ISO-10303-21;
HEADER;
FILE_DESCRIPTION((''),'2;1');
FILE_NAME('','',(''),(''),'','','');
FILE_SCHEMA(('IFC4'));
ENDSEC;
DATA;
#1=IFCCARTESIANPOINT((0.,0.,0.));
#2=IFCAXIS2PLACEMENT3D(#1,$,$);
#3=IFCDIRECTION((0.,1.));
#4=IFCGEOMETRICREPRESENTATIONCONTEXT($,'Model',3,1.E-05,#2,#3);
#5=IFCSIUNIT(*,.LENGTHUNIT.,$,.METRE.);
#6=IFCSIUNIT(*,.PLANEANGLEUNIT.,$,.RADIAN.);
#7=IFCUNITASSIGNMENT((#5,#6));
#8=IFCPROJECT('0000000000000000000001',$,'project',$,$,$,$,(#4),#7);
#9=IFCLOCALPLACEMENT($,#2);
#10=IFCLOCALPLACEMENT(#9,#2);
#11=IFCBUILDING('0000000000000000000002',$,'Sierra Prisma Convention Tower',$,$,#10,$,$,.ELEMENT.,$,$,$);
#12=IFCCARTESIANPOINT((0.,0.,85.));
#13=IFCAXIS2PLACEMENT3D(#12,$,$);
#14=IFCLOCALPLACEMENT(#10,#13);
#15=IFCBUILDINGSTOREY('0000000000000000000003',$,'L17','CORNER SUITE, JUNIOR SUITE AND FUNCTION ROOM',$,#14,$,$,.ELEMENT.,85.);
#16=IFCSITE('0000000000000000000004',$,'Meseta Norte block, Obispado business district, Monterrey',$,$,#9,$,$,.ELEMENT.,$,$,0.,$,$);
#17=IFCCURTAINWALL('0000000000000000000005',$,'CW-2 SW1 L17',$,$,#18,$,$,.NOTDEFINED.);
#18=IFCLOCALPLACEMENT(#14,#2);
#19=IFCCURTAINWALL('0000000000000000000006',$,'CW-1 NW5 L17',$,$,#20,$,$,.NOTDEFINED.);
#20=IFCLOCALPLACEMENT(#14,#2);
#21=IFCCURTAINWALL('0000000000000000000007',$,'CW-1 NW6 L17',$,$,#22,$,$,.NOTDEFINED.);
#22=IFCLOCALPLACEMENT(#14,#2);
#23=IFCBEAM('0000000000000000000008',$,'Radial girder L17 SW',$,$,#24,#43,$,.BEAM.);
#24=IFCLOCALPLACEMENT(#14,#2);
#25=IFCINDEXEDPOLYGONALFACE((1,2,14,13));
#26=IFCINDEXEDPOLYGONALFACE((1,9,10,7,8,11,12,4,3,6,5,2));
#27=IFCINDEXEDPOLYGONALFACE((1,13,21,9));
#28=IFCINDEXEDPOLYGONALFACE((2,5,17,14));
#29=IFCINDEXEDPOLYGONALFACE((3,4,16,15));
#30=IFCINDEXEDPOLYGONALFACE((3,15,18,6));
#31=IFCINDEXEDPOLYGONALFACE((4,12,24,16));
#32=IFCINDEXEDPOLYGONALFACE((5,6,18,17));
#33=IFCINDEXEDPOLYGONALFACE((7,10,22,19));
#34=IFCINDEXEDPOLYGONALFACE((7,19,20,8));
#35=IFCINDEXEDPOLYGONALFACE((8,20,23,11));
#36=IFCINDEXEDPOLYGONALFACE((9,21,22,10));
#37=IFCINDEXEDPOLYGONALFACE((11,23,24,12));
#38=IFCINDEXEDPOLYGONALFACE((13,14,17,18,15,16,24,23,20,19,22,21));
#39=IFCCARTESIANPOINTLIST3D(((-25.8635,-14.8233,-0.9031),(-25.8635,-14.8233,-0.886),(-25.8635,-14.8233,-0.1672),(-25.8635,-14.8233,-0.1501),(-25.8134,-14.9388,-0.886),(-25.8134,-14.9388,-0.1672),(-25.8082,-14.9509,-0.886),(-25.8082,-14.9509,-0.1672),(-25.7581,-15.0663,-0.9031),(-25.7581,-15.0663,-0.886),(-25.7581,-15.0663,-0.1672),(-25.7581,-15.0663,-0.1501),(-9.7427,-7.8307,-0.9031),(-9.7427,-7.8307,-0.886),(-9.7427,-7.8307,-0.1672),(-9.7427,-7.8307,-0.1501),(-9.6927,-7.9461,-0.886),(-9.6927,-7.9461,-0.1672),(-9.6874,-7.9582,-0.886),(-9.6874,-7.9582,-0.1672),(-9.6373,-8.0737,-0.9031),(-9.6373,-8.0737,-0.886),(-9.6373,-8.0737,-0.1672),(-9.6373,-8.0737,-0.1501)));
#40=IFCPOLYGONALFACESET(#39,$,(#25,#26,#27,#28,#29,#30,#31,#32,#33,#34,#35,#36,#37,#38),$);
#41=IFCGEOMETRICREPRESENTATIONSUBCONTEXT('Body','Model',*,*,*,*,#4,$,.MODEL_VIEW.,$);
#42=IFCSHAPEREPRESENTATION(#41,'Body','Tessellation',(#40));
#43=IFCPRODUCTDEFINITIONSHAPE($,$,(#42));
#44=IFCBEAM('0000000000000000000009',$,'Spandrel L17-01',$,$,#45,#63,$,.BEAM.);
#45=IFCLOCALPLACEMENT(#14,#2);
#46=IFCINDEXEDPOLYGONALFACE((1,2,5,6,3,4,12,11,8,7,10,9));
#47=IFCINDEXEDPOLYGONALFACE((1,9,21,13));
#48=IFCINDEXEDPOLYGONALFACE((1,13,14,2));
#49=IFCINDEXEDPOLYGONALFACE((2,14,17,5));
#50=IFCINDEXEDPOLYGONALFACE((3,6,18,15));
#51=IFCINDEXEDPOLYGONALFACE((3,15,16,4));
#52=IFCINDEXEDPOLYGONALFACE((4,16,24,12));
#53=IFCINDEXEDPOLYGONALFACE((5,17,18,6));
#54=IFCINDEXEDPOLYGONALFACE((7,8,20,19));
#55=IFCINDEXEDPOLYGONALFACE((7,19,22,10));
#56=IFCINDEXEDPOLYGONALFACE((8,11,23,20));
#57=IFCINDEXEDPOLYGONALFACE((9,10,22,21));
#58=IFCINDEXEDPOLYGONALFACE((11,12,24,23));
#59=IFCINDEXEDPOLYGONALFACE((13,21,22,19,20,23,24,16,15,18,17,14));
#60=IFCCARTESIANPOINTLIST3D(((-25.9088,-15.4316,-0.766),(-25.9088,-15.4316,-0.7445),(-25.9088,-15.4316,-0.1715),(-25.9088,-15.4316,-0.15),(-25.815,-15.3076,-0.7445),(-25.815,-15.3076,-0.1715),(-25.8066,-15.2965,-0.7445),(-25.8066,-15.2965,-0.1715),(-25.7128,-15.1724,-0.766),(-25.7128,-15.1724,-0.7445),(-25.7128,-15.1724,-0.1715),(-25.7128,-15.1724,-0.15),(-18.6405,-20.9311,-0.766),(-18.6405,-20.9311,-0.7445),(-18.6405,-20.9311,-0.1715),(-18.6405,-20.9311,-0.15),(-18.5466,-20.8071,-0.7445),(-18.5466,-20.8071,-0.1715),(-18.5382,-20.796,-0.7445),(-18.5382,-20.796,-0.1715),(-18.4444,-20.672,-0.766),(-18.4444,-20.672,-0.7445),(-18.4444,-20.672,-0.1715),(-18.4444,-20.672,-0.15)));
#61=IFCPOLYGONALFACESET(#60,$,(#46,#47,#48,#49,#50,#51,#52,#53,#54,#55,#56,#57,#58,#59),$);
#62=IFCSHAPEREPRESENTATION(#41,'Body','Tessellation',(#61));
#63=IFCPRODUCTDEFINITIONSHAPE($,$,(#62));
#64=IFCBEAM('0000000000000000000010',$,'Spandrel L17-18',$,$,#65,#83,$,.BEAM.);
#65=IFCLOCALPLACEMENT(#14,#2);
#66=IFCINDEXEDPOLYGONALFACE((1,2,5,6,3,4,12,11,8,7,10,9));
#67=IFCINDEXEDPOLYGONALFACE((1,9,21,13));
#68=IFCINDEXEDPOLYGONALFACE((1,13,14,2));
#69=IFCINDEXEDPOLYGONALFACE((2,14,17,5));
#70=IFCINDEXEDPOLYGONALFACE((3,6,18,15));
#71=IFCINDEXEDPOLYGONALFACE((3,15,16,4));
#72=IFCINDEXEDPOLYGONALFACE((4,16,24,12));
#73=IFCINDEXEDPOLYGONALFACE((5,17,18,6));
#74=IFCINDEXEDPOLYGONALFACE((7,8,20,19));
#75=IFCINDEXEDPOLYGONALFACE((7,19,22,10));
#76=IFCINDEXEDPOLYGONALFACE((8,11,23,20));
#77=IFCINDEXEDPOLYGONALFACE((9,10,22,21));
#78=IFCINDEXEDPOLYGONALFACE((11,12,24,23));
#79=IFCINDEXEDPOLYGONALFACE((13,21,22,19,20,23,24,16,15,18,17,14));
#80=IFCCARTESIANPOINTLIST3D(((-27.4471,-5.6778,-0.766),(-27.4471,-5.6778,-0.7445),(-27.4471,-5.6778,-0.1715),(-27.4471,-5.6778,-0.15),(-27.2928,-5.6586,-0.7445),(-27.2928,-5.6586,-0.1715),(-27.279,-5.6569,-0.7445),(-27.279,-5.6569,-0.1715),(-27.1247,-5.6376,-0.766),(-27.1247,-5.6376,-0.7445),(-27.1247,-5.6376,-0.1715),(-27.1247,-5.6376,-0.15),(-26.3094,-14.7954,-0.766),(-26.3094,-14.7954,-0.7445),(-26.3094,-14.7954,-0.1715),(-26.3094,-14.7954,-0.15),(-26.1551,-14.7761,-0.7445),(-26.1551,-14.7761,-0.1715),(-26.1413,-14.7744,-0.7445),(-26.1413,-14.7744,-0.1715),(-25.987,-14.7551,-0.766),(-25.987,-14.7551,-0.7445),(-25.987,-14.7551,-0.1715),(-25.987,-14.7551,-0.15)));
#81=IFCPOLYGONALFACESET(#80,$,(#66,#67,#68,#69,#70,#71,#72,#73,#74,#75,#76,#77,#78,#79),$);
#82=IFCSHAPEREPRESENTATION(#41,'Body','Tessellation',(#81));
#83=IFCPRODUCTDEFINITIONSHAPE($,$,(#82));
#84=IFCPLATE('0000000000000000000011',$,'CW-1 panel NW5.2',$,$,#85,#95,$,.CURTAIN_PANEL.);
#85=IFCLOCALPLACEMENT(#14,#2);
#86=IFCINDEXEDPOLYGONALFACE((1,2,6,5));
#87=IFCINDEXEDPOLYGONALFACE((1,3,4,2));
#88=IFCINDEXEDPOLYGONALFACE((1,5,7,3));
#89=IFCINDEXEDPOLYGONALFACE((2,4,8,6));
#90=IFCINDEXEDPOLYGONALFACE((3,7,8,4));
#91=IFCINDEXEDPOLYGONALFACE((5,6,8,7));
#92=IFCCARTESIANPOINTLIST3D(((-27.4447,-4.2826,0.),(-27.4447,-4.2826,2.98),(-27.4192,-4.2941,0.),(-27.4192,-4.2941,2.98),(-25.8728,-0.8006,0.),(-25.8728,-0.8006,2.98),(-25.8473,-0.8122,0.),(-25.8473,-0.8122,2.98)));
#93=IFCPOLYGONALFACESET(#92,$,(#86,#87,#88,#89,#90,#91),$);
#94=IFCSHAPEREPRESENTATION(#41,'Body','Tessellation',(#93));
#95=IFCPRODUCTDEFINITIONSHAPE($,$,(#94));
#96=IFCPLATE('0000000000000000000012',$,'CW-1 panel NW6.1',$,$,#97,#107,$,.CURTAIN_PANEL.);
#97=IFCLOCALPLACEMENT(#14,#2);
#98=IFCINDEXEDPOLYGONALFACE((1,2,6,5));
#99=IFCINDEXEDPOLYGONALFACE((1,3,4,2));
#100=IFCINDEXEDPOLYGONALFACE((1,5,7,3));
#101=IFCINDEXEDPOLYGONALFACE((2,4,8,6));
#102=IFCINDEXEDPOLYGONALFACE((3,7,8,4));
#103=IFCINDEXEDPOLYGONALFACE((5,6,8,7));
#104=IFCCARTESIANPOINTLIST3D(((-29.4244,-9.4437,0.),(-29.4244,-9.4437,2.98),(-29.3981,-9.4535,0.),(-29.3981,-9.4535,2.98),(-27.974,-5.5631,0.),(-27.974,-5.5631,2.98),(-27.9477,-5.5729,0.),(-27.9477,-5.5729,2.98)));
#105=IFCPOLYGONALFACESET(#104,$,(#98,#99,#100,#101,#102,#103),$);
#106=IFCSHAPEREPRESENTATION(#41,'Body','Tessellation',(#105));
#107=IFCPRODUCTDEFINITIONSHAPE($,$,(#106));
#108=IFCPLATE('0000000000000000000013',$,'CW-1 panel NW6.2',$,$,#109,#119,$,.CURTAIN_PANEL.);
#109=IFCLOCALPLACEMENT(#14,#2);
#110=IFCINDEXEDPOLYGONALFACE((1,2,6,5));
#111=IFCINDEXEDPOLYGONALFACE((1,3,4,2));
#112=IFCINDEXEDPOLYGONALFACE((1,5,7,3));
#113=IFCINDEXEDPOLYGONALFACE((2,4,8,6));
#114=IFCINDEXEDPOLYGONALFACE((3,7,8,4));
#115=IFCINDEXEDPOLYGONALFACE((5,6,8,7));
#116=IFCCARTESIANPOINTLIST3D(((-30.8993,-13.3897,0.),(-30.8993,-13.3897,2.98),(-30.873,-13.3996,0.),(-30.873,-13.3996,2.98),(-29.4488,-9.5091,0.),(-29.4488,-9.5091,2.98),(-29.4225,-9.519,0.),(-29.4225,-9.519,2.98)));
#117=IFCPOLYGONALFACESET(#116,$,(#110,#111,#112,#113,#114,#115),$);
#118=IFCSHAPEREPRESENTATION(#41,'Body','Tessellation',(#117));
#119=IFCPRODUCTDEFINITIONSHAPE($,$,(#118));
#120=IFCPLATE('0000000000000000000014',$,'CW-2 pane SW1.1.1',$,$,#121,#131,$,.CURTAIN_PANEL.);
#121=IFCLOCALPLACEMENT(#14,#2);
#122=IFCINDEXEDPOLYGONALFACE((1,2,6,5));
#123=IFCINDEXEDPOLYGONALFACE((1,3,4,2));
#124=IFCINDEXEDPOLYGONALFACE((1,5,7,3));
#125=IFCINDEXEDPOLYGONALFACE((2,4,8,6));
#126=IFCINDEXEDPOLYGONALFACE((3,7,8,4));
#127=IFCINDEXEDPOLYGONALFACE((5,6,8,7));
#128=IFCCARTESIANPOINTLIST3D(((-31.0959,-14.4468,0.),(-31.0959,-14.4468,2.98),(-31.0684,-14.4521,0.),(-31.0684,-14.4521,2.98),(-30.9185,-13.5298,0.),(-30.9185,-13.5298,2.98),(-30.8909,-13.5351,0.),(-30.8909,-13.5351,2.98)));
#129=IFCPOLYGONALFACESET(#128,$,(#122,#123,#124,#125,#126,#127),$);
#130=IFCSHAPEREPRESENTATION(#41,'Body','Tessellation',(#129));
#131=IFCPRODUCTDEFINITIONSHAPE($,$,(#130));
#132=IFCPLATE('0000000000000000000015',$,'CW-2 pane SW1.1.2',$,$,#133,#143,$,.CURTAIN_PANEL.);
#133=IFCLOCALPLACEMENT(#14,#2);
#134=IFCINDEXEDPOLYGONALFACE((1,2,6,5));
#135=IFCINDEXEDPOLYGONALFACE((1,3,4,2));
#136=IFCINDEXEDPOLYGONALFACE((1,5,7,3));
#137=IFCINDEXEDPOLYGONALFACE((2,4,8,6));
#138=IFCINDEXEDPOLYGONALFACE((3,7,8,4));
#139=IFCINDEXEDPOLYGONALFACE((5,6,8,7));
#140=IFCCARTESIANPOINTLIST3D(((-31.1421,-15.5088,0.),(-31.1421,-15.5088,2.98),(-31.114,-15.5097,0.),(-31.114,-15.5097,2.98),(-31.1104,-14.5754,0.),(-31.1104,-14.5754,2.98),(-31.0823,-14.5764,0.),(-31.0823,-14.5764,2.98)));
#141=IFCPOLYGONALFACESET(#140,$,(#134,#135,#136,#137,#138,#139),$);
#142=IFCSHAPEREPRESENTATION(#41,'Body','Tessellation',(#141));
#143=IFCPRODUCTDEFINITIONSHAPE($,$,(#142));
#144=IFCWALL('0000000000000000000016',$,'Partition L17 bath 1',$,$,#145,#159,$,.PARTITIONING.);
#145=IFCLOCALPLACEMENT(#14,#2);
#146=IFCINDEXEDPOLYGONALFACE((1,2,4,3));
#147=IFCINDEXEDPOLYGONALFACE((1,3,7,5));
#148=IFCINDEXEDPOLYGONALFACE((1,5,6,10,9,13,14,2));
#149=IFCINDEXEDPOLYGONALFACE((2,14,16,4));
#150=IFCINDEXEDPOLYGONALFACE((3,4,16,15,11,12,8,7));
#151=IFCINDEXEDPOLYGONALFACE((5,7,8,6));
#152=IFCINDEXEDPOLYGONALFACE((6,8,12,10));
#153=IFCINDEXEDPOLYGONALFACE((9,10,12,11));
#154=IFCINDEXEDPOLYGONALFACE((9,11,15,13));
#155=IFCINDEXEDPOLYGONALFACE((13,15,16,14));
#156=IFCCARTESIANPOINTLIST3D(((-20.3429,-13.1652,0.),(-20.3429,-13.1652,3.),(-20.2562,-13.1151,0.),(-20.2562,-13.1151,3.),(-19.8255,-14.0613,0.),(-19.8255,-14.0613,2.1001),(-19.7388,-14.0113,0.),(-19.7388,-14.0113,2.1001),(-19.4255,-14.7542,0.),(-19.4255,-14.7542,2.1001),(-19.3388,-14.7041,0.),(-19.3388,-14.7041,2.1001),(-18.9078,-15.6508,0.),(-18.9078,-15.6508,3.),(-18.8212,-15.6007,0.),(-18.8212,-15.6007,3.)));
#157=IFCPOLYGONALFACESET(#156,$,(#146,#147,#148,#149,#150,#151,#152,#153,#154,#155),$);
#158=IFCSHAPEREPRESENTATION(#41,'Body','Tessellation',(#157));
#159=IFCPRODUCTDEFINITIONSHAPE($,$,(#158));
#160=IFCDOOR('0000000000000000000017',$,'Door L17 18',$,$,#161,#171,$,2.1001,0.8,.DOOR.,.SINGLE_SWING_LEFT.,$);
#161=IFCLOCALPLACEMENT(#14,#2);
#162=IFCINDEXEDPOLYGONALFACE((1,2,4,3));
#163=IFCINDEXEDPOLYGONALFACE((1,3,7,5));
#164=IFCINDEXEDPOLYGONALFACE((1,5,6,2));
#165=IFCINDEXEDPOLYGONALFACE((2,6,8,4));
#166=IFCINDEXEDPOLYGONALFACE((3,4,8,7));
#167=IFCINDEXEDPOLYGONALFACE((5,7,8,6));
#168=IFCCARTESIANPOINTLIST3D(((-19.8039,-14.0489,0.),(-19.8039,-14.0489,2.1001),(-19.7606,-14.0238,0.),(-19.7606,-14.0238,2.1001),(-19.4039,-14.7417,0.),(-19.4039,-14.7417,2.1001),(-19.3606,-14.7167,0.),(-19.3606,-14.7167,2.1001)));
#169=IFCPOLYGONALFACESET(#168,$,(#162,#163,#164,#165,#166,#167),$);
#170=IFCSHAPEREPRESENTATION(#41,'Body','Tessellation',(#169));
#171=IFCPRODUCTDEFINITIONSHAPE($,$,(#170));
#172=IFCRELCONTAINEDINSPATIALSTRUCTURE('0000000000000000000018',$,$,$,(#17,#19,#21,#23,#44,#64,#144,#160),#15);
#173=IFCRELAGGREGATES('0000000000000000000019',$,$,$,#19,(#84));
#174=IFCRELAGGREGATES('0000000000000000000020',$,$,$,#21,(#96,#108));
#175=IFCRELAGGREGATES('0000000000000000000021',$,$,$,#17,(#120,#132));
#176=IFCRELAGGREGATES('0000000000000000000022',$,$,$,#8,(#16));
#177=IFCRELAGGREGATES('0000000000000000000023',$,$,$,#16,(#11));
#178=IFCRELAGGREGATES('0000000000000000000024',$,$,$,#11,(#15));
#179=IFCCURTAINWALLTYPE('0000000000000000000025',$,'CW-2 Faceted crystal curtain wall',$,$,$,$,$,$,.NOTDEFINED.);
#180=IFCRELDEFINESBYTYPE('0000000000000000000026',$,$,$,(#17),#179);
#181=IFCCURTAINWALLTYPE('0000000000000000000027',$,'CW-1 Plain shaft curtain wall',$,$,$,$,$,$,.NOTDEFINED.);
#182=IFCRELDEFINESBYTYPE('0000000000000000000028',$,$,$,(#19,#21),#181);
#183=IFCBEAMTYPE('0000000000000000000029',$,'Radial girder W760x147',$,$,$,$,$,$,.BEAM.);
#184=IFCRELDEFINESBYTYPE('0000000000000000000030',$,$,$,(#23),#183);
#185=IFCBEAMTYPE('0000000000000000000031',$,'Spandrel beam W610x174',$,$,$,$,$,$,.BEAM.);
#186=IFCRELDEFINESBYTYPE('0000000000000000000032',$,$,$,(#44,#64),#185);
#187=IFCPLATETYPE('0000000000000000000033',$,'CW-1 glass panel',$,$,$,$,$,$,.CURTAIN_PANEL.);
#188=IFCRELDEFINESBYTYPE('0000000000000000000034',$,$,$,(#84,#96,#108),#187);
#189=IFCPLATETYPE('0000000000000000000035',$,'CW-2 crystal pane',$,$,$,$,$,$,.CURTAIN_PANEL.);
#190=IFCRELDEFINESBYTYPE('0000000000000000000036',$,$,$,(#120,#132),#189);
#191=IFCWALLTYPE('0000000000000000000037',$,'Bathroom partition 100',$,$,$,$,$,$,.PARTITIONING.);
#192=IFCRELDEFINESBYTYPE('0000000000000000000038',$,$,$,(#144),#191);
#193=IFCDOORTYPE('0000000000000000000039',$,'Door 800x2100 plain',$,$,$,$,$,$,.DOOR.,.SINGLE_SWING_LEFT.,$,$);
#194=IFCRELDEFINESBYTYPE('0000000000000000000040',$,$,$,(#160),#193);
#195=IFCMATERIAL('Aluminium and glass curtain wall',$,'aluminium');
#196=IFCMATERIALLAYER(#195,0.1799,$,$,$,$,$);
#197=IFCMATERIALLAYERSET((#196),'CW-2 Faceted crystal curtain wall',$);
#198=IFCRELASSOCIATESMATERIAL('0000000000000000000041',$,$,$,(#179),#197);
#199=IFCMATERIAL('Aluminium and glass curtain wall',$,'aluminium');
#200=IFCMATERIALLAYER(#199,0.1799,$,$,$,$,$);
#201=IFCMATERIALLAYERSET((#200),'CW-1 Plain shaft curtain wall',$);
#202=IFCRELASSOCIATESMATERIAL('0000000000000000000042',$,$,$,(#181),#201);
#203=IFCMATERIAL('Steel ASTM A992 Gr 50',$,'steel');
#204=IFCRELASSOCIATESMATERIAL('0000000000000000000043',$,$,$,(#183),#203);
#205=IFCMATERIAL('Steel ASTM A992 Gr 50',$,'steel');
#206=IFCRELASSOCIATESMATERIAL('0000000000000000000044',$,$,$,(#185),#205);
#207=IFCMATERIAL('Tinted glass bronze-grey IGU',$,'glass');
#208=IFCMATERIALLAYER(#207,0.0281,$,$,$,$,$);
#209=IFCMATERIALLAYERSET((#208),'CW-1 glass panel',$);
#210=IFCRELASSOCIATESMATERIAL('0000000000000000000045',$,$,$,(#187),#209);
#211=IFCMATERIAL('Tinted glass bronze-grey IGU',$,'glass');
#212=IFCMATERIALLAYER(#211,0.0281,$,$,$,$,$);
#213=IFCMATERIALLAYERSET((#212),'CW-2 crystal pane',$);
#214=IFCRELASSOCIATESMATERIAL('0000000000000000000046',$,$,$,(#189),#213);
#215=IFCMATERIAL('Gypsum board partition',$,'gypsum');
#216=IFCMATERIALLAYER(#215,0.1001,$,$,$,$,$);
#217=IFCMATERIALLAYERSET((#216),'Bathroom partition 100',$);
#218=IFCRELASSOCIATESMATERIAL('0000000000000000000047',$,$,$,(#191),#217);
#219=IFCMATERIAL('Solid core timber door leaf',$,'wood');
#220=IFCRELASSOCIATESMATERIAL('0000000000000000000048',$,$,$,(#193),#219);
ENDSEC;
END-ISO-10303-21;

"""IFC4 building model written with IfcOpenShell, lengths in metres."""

from ifc_helpers import new_model, si_unit, direction, frame, frame_2d, origin, origin_2d, place, context, subcontext, project, spatial, polyline, rectangle, i_section, outline, extrude, material, layer, layer_set, material_profile, profile_set, type_object, element, fill, aggregate, save


model = new_model("IFC4")

# Units and contexts
model_context = context("Model", 3, precision=1e-05, world=origin(), true_north=direction((0.0, 1.0)))
body_context = subcontext(model_context, "Body", "Model", "MODEL_VIEW")
ifc_project = project(units=[si_unit("LENGTHUNIT", "METRE"), si_unit("PLANEANGLEUNIT", "RADIAN")], contexts=[model_context])

# Site, building, storey
site_placement = place(None, origin())
site = spatial("IfcSite", under=ifc_project, at=site_placement, Name="Meseta Norte block, Obispado business district, Monterrey", CompositionType="ELEMENT", RefElevation=0.0)
building_placement = place(site_placement, origin())
building = spatial("IfcBuilding", under=site, at=building_placement, Name="Sierra Prisma Convention Tower", CompositionType="ELEMENT")
storey_placement = place(building_placement, frame((0.0, 0.0, 85.0)))
storey = spatial("IfcBuildingStorey", under=building, at=storey_placement, Name="L17", Description="CORNER SUITE, JUNIOR SUITE AND FUNCTION ROOM", CompositionType="ELEMENT", Elevation=85.0)

# Curtain walls
ifc_material_1 = material(Name="Aluminium and glass curtain wall", Category="aluminium")
ifc_layer_1 = layer(ifc_material_1, 0.1799)
ifc_layer_set_1 = layer_set([ifc_layer_1], Name="CW-2 Faceted crystal curtain wall")
curtain_wall_type_1 = type_object("IfcCurtainWallType", Name="CW-2 Faceted crystal curtain wall", PredefinedType="NOTDEFINED", material=ifc_layer_set_1)
curtain_wall_1_placement = place(storey_placement, origin())
curtain_wall_1 = element("IfcCurtainWall", 1, at=curtain_wall_1_placement, inside=storey, type_object=curtain_wall_type_1, Name="CW-2 SW1 L17", PredefinedType="NOTDEFINED")
ifc_material_2 = material(Name="Aluminium and glass curtain wall", Category="aluminium")
ifc_layer_2 = layer(ifc_material_2, 0.1799)
ifc_layer_set_2 = layer_set([ifc_layer_2], Name="CW-1 Plain shaft curtain wall")
curtain_wall_type_2 = type_object("IfcCurtainWallType", Name="CW-1 Plain shaft curtain wall", PredefinedType="NOTDEFINED", material=ifc_layer_set_2)
curtain_wall_2_placement = place(storey_placement, origin())
curtain_wall_2 = element("IfcCurtainWall", 2, at=curtain_wall_2_placement, inside=storey, type_object=curtain_wall_type_2, Name="CW-1 NW5 L17", PredefinedType="NOTDEFINED")
curtain_wall_3_placement = place(storey_placement, origin())
curtain_wall_3 = element("IfcCurtainWall", 3, at=curtain_wall_3_placement, inside=storey, type_object=curtain_wall_type_2, Name="CW-1 NW6 L17", PredefinedType="NOTDEFINED")

# Beams
ifc_material_3 = material(Name="Steel ASTM A992 Gr 50", Category="steel")
ifc_material_profile_1 = material_profile(ifc_material_3, i_section(OverallWidth=0.2649, OverallDepth=0.7529, WebThickness=0.0132, FlangeThickness=0.0171, at=origin_2d()), Name="W760x147")
ifc_profile_set_1 = profile_set([ifc_material_profile_1], Name="Steel ASTM A992 Gr 50")
beam_type_1 = type_object("IfcBeamType", Name="Radial girder W760x147", PredefinedType="BEAM", material=ifc_profile_set_1)
beam_1_placement = place(storey_placement, frame((-25.8108, -14.9448, -0.5266), z_axis=(0.917411, 0.397942, 0.0), x_axis=(-0.397942, 0.917411, 0.0)))
element("IfcBeam", 4, at=beam_1_placement, inside=storey, type_object=beam_type_1, Name="Radial girder L17 SW", PredefinedType="BEAM", context=body_context, shape_type="SweptSolid", body=[
    extrude(i_section(OverallWidth=0.2649, OverallDepth=0.7529, WebThickness=0.0132, FlangeThickness=0.0171, at=origin_2d()), origin(), (0.0, 0.0, 1.0), 17.572),
])
ifc_material_4 = material(Name="Steel ASTM A992 Gr 50", Category="steel")
ifc_material_profile_2 = material_profile(ifc_material_4, i_section(OverallWidth=0.325, OverallDepth=0.616, WebThickness=0.0139, FlangeThickness=0.0215, at=origin_2d()), Name="W610x174")
ifc_profile_set_2 = profile_set([ifc_material_profile_2], Name="Steel ASTM A992 Gr 50")
beam_type_2 = type_object("IfcBeamType", Name="Spandrel beam W610x174", PredefinedType="BEAM", material=ifc_profile_set_2)
beam_2_placement = place(storey_placement, frame((-25.8108, -15.302, -0.458), z_axis=(0.79745, -0.603385, 0.0), x_axis=(0.603385, 0.79745, 0.0)))
element("IfcBeam", 5, at=beam_2_placement, inside=storey, type_object=beam_type_2, Name="Spandrel L17-01", PredefinedType="BEAM", context=body_context, shape_type="SweptSolid", body=[
    extrude(i_section(OverallWidth=0.325, OverallDepth=0.616, WebThickness=0.0139, FlangeThickness=0.0215, at=origin_2d()), origin(), (0.0, 0.0, 1.0), 9.1145),
])
beam_3_placement = place(storey_placement, frame((-27.2859, -5.6577, -0.458), z_axis=(0.123822, -0.992304, 0.0), x_axis=(0.992304, 0.123822, 0.0)))
element("IfcBeam", 6, at=beam_3_placement, inside=storey, type_object=beam_type_2, Name="Spandrel L17-18", PredefinedType="BEAM", context=body_context, shape_type="SweptSolid", body=[
    extrude(i_section(OverallWidth=0.325, OverallDepth=0.616, WebThickness=0.0139, FlangeThickness=0.0215, at=origin_2d()), origin(), (0.0, 0.0, 1.0), 9.1882),
])

# Plates
ifc_material_5 = material(Name="Tinted glass bronze-grey IGU", Category="glass")
ifc_layer_3 = layer(ifc_material_5, 0.0281)
ifc_layer_set_3 = layer_set([ifc_layer_3], Name="CW-1 glass panel")
plate_type_1 = type_object("IfcPlateType", Name="CW-1 glass panel", PredefinedType="CURTAIN_PANEL", material=ifc_layer_set_3)
plate_1_placement = place(storey_placement, frame((-26.646, -2.5474, 0.0), z_axis=(0.0, 0.0, 1.0), x_axis=(-0.411458, -0.911429, 0.0)))
plate_1 = element("IfcPlate", 7, at=plate_1_placement, type_object=plate_type_1, Name="CW-1 panel NW5.2", PredefinedType="CURTAIN_PANEL", context=body_context, shape_type="SweptSolid", body=[
    extrude(rectangle(XDim=3.8203, YDim=0.0281, at=origin_2d()), origin(), (0.0, 0.0, 1.0), 2.98),
])
aggregate(curtain_wall_2, [plate_1])
plate_2_placement = place(storey_placement, frame((-28.686, -7.5083, 0.0), z_axis=(0.0, 0.0, 1.0), x_axis=(-0.350111, -0.936708, 0.0)))
plate_2 = element("IfcPlate", 8, at=plate_2_placement, type_object=plate_type_1, Name="CW-1 panel NW6.1", PredefinedType="CURTAIN_PANEL", context=body_context, shape_type="SweptSolid", body=[
    extrude(rectangle(XDim=4.1428, YDim=0.0281, at=origin_2d()), origin(), (0.0, 0.0, 1.0), 2.98),
])
plate_3_placement = place(storey_placement, frame((-30.1609, -11.4543, 0.0), z_axis=(0.0, 0.0, 1.0), x_axis=(-0.350111, -0.936708, 0.0)))
plate_3 = element("IfcPlate", 9, at=plate_3_placement, type_object=plate_type_1, Name="CW-1 panel NW6.2", PredefinedType="CURTAIN_PANEL", context=body_context, shape_type="SweptSolid", body=[
    extrude(rectangle(XDim=4.1428, YDim=0.0281, at=origin_2d()), origin(), (0.0, 0.0, 1.0), 2.98),
])
aggregate(curtain_wall_3, [plate_2, plate_3])
ifc_material_6 = material(Name="Tinted glass bronze-grey IGU", Category="glass")
ifc_layer_4 = layer(ifc_material_6, 0.0281)
ifc_layer_set_4 = layer_set([ifc_layer_4], Name="CW-2 crystal pane")
plate_type_2 = type_object("IfcPlateType", Name="CW-2 crystal pane", PredefinedType="CURTAIN_PANEL", material=ifc_layer_set_4)
plate_4_placement = place(storey_placement, frame((-30.9185, -13.5298, 0.0), z_axis=(-0.981778, 0.19003, 0.0), x_axis=(-0.19003, -0.981778, 0.0)))
plate_4 = element("IfcPlate", 10, at=plate_4_placement, type_object=plate_type_2, Name="CW-2 pane SW1.1.1", PredefinedType="CURTAIN_PANEL", context=body_context, shape_type="SweptSolid", body=[
    extrude(outline(polyline([(0.0, 0.0), (0.934, 0.0), (0.934, 2.98), (0.0, 2.98), (0.0, 0.0)])), origin(), (0.0, 0.0, -1.0), 0.0281),
])
plate_5_placement = place(storey_placement, frame((-31.1421, -15.5088, 0.0), z_axis=(-0.999422, 0.033985, 0.0), x_axis=(0.033985, 0.999422, 0.0)))
plate_5 = element("IfcPlate", 11, at=plate_5_placement, type_object=plate_type_2, Name="CW-2 pane SW1.1.2", PredefinedType="CURTAIN_PANEL", context=body_context, shape_type="SweptSolid", body=[
    extrude(outline(polyline([(0.0, 0.0), (0.9339, 0.0), (0.9339, -2.98), (0.0, -2.98), (0.0, 0.0)])), origin(), (0.0, 0.0, -1.0), 0.0281),
])
aggregate(curtain_wall_1, [plate_4, plate_5])

# Wall, opening, door
ifc_material_7 = material(Name="Gypsum board partition", Category="gypsum")
ifc_layer_5 = layer(ifc_material_7, 0.1001)
ifc_layer_set_5 = layer_set([ifc_layer_5], Name="Bathroom partition 100")
wall_type_1 = type_object("IfcWallType", Name="Bathroom partition 100", PredefinedType="PARTITIONING", material=ifc_layer_set_5)
wall_1_placement = place(storey_placement, frame((-20.2996, -13.1401, 0.0), z_axis=(0.0, 0.0, 1.0), x_axis=(0.5, -0.866026, 0.0)))
wall_1 = element("IfcWall", 12, at=wall_1_placement, inside=storey, type_object=wall_type_1, Name="Partition L17 bath 1", PredefinedType="PARTITIONING", context=body_context, shape_type="SweptSolid", body=[
    extrude(rectangle(XDim=2.8701, YDim=0.1001, at=frame_2d((1.4351, 0.0))), origin(), (0.0, 0.0, 1.0), 3.0),
])
opening_1_placement = place(wall_1_placement, frame((1.0349, 0.0, 0.0)))
opening_1 = element("IfcOpeningElement", 13, at=opening_1_placement, cuts=wall_1, PredefinedType="OPENING", context=body_context, shape_type="SweptSolid", body=[
    extrude(rectangle(XDim=0.8, YDim=2.1001, at=frame_2d((0.3999, 1.05))), frame((0.0, 0.05, 0.0), z_axis=(0.0, -1.0, 0.0), x_axis=(1.0, 0.0, 0.0)), (0.0, 0.0, 1.0), 0.1001),
])
ifc_material_8 = material(Name="Solid core timber door leaf", Category="wood")
door_type_1 = type_object("IfcDoorType", Name="Door 800x2100 plain", OperationType="SINGLE_SWING_LEFT", PredefinedType="DOOR", material=ifc_material_8)
door_1_placement = place(opening_1_placement, origin())
door_1 = element("IfcDoor", 14, at=door_1_placement, inside=storey, type_object=door_type_1, Name="Door L17 18", OperationType="SINGLE_SWING_LEFT", OverallHeight=2.1001, OverallWidth=0.8, PredefinedType="DOOR", context=body_context, shape_type="SweptSolid", body=[
    extrude(rectangle(XDim=0.8, YDim=2.1001, at=frame_2d((0.3999, 1.05))), frame((0.0, 0.0249, 0.0), z_axis=(0.0, -1.0, 0.0), x_axis=(1.0, 0.0, 0.0)), (0.0, 0.0, 1.0), 0.05),
])
fill(opening_1, door_1)

save(model, "model.ifc")
